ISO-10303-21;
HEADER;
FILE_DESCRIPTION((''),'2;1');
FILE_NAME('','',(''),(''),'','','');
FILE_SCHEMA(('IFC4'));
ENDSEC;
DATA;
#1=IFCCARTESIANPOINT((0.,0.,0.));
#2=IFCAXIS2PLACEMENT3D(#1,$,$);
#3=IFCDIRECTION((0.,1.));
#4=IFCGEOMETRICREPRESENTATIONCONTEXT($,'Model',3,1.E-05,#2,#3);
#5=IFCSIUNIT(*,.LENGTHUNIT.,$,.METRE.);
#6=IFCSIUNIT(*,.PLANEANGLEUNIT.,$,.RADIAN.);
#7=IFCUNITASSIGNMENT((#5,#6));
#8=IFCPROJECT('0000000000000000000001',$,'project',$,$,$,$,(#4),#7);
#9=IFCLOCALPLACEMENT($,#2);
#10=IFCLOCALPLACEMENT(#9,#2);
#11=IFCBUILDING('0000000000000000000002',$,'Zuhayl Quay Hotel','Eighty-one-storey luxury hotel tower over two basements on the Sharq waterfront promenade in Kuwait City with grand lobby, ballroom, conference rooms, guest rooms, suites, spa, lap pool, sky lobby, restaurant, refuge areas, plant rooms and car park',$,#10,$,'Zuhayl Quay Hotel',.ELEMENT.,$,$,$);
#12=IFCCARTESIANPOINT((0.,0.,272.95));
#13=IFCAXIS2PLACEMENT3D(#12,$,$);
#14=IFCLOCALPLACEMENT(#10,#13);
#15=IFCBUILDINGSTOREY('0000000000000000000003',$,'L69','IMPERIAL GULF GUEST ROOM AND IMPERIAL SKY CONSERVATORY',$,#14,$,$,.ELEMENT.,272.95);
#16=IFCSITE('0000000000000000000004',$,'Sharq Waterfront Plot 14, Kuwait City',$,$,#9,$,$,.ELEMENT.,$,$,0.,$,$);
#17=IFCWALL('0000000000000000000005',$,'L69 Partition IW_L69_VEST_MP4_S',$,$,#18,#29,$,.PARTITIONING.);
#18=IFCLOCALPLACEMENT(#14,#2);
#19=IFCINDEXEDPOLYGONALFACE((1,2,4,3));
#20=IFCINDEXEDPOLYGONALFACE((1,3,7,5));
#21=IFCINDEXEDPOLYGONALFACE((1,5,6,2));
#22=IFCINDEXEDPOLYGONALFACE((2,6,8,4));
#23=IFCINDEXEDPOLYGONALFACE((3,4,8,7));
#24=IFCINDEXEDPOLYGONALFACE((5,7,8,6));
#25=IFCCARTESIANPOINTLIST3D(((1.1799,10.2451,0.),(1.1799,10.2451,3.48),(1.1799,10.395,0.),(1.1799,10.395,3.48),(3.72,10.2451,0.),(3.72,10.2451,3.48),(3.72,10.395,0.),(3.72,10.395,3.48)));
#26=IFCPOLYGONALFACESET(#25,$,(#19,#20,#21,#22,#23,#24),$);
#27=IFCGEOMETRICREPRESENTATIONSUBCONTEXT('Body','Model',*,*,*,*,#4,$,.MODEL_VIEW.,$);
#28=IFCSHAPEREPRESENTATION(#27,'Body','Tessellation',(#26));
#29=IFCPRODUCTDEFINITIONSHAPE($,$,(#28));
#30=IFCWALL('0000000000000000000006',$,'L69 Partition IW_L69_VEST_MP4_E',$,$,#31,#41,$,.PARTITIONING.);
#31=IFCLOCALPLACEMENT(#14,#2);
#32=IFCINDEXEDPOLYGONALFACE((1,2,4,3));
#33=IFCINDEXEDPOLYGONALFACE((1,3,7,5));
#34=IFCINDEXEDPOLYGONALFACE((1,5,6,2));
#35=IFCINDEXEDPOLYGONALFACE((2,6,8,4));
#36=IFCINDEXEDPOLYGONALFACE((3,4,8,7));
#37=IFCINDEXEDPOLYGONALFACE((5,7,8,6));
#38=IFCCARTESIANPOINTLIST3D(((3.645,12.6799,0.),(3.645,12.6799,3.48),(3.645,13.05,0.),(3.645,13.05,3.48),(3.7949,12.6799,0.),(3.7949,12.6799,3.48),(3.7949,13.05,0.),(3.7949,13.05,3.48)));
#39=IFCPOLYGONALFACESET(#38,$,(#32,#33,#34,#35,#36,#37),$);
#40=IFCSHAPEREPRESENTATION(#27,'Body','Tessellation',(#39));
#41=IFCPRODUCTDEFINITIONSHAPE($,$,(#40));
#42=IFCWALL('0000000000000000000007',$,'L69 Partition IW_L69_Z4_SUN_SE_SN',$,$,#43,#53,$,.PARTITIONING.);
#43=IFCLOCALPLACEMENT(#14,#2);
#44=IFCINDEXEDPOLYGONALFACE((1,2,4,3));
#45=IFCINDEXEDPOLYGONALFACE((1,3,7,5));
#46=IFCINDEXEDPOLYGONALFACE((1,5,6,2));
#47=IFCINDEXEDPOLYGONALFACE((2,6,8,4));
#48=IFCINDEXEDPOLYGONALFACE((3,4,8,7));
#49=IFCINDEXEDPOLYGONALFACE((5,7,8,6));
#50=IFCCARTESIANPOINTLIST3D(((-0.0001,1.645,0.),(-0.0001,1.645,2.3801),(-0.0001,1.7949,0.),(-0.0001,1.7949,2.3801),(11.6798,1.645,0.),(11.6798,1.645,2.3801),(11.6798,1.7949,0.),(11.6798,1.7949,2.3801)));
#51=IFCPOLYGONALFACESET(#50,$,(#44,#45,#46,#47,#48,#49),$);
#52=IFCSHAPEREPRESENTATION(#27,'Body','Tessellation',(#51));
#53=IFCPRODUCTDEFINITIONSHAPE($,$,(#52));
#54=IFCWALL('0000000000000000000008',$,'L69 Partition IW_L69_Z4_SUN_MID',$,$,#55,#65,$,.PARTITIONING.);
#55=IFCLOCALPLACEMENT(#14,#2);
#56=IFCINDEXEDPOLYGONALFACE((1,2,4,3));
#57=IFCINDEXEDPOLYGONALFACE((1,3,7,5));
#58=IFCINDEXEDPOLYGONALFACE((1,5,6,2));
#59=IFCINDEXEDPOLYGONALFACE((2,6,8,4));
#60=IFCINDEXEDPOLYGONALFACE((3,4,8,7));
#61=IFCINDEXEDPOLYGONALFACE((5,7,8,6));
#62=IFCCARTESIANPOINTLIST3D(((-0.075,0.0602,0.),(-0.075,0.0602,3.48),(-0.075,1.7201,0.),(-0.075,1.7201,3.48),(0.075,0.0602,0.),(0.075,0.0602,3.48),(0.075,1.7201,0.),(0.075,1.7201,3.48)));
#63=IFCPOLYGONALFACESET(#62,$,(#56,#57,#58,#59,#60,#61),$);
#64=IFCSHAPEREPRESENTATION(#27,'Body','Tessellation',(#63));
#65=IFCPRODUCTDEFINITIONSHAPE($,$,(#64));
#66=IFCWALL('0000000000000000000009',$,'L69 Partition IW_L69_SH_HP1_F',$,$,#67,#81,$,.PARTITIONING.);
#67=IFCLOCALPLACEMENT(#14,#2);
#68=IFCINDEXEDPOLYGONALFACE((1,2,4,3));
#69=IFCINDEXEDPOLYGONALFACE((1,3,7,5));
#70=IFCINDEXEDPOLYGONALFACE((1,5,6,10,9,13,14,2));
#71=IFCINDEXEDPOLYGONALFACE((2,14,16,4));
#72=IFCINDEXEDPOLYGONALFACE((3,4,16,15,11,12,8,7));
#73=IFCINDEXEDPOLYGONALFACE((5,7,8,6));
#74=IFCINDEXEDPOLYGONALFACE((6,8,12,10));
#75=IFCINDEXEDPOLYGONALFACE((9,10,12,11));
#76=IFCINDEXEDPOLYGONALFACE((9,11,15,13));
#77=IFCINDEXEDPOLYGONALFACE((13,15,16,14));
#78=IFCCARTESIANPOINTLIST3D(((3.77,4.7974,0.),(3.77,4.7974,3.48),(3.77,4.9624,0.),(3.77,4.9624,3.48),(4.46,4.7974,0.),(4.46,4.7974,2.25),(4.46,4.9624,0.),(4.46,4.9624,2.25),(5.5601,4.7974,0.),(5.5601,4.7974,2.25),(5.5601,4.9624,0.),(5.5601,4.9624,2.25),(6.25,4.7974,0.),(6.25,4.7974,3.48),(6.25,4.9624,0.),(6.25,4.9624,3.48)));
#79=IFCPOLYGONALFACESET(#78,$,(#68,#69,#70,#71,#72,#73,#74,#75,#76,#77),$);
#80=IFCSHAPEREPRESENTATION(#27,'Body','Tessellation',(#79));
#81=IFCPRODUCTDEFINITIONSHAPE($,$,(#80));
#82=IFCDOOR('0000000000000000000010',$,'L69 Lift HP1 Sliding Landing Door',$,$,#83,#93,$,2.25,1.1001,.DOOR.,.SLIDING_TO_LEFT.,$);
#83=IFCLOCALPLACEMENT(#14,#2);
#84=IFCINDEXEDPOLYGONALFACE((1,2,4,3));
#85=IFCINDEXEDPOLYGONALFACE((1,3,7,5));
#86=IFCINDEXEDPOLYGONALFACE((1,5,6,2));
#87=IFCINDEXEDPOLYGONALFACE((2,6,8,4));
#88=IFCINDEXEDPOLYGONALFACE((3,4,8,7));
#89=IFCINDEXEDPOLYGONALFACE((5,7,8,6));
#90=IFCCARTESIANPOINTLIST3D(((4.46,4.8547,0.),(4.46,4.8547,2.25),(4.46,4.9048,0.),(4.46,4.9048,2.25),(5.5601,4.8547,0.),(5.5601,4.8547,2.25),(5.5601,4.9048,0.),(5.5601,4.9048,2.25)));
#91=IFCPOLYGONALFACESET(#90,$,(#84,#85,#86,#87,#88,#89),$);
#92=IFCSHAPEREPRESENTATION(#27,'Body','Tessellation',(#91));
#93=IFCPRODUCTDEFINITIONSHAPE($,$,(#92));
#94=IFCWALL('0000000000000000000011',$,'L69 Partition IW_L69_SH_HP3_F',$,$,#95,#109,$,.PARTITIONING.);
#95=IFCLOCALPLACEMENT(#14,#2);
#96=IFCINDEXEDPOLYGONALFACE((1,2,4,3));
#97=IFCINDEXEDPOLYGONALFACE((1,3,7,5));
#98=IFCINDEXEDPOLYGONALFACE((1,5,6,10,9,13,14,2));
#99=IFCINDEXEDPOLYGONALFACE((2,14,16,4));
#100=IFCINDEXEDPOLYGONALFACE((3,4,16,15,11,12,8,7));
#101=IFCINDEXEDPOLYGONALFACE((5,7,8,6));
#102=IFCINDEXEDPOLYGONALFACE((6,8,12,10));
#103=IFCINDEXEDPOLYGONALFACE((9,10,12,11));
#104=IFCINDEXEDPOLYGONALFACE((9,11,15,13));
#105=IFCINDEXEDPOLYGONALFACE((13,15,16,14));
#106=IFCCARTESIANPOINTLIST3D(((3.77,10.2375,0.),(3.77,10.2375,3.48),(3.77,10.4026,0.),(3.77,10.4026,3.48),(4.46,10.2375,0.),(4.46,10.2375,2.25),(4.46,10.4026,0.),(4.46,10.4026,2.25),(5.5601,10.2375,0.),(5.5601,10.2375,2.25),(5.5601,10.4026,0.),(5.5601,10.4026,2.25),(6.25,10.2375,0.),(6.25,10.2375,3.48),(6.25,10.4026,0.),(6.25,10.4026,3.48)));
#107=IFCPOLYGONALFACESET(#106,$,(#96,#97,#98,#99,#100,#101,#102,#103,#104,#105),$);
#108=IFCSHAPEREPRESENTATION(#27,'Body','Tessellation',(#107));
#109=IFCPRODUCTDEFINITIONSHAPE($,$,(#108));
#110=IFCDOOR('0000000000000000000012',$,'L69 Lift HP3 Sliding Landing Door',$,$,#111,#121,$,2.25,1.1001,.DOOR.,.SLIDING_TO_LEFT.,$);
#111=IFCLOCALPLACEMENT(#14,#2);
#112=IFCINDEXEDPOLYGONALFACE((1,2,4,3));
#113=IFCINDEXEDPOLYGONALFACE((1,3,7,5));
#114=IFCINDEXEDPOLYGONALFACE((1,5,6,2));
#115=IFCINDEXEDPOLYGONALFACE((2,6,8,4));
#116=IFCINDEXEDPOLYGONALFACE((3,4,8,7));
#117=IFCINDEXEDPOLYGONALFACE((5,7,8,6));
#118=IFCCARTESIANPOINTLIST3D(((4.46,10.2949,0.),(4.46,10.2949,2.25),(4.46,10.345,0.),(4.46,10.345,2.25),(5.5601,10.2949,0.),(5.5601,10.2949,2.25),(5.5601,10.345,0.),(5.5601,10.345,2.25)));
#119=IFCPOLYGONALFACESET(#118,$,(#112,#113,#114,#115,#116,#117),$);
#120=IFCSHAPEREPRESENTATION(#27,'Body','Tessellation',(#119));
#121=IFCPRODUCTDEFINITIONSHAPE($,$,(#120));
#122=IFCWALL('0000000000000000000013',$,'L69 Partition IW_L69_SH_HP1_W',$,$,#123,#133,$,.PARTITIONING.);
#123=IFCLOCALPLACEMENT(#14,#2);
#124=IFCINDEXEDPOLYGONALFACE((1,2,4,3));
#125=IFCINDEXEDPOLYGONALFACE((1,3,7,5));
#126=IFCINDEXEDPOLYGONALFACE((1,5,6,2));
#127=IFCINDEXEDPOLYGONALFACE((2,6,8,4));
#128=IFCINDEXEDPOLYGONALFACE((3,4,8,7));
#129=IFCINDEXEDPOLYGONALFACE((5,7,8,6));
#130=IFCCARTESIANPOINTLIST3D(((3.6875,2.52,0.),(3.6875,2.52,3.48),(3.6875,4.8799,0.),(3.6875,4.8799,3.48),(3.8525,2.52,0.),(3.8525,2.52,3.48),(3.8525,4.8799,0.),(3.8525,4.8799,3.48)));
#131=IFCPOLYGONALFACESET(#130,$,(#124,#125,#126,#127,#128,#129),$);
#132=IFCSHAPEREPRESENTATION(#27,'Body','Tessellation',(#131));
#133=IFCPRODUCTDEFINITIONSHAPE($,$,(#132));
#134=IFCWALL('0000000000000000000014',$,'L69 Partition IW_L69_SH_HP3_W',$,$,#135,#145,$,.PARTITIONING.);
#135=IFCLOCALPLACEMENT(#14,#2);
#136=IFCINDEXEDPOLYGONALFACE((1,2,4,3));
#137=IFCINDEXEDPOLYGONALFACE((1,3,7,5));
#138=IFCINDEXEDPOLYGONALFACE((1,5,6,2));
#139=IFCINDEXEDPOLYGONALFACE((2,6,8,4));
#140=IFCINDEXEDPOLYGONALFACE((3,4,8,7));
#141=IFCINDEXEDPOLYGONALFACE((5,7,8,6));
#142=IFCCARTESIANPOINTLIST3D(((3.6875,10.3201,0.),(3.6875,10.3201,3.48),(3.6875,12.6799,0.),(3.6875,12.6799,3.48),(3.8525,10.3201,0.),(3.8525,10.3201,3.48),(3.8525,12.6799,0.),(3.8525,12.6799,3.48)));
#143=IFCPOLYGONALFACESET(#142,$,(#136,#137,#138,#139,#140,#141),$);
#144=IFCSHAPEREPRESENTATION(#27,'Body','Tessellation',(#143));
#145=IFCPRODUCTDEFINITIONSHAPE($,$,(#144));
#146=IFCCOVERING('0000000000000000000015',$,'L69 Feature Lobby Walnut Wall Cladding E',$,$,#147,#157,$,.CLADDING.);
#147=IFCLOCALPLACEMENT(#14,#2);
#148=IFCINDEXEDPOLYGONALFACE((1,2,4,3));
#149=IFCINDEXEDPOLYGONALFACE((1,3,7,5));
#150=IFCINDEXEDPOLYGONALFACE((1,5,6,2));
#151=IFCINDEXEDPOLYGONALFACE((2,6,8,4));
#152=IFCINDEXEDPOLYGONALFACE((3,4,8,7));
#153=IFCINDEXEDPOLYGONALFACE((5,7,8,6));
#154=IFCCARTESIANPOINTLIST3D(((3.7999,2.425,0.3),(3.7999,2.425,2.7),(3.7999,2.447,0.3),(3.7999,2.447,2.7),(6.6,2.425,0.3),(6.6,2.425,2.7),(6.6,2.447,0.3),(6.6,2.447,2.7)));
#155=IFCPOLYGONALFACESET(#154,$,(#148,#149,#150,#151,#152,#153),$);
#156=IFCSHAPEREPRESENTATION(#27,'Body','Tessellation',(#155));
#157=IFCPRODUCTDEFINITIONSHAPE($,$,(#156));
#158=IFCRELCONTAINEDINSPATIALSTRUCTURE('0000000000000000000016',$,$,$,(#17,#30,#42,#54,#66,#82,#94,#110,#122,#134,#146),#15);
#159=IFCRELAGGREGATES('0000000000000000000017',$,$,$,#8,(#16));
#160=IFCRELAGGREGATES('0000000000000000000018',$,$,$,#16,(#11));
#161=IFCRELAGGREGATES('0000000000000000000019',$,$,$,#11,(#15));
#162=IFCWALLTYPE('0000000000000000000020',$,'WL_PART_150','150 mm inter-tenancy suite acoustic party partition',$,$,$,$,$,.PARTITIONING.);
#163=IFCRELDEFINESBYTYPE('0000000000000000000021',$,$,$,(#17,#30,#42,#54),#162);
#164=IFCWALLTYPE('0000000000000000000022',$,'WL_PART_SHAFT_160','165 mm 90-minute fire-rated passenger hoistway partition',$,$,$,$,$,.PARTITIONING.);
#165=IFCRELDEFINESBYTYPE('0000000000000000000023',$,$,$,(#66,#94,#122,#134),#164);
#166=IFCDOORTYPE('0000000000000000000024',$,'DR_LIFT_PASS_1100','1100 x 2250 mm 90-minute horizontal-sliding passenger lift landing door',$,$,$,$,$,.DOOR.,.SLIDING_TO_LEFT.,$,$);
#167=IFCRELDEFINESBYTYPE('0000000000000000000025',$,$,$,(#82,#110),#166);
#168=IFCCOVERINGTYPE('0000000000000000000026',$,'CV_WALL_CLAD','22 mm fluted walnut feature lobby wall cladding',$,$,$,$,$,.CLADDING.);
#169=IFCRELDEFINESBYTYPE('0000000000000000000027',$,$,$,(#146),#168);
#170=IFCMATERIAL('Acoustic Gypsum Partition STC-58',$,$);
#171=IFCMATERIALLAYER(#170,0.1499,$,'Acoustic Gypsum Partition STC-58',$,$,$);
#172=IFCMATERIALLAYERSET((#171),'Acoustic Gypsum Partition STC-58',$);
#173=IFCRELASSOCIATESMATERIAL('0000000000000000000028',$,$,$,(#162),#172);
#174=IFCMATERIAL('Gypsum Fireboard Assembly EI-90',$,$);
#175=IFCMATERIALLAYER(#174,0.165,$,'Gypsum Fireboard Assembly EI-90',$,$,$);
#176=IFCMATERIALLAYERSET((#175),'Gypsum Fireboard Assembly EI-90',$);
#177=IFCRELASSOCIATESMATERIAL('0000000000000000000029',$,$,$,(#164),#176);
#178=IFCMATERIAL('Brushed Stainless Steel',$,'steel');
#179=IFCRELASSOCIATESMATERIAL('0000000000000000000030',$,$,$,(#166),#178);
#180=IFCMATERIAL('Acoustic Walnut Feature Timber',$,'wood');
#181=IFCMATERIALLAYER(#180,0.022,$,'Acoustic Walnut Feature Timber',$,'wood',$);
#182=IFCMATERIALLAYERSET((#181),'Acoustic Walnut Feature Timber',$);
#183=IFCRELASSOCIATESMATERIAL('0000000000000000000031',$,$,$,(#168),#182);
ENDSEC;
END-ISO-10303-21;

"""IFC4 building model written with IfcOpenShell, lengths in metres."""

from ifc_helpers import new_model, si_unit, direction, frame, frame_2d, origin, origin_2d, place, context, subcontext, project, spatial, rectangle, extrude, material, layer, layer_set, type_object, element, fill, save


model = new_model("IFC4")

# Units and contexts
model_context = context("Model", 3, precision=1e-05, world=origin(), true_north=direction((0.0, 1.0)))
body_context = subcontext(model_context, "Body", "Model", "MODEL_VIEW")
ifc_project = project(units=[si_unit("LENGTHUNIT", "METRE"), si_unit("PLANEANGLEUNIT", "RADIAN")], contexts=[model_context])

# Site, building, storey
site_placement = place(None, origin())
site = spatial("IfcSite", under=ifc_project, at=site_placement, Name="Sharq Waterfront Plot 14, Kuwait City", CompositionType="ELEMENT", RefElevation=0.0)
building_placement = place(site_placement, origin())
building = spatial("IfcBuilding", under=site, at=building_placement, Name="Zuhayl Quay Hotel", Description="Eighty-one-storey luxury hotel tower over two basements on the Sharq waterfront promenade in Kuwait City with grand lobby, ballroom, conference rooms, guest rooms, suites, spa, lap pool, sky lobby, restaurant, refuge areas, plant rooms and car park", LongName="Zuhayl Quay Hotel", CompositionType="ELEMENT")
storey_placement = place(building_placement, frame((0.0, 0.0, 272.95)))
storey = spatial("IfcBuildingStorey", under=building, at=storey_placement, Name="L69", Description="IMPERIAL GULF GUEST ROOM AND IMPERIAL SKY CONSERVATORY", CompositionType="ELEMENT", Elevation=272.95)

# Shared definitions
ifc_material_1 = material(Name="Acoustic Gypsum Partition STC-58")
ifc_layer_1 = layer(ifc_material_1, 0.1499, Name="Acoustic Gypsum Partition STC-58")
ifc_layer_set_1 = layer_set([ifc_layer_1], Name="Acoustic Gypsum Partition STC-58")
wall_type_1 = type_object("IfcWallType", Name="WL_PART_150", Description="150 mm inter-tenancy suite acoustic party partition", PredefinedType="PARTITIONING", material=ifc_layer_set_1)

# Walls
wall_1_placement = place(storey_placement, frame((1.1799, 10.3201, 0.0), z_axis=(0.0, 0.0, 1.0), x_axis=(1.0, 0.0, 0.0)))
element("IfcWall", 1, at=wall_1_placement, inside=storey, type_object=wall_type_1, Name="L69 Partition IW_L69_VEST_MP4_S", PredefinedType="PARTITIONING", context=body_context, shape_type="SweptSolid", body=[
    extrude(rectangle(XDim=2.54, YDim=0.1499, at=frame_2d((1.27, 0.0))), origin(), (0.0, 0.0, 1.0), 3.48),
])
wall_2_placement = place(storey_placement, frame((3.72, 12.6799, 0.0), z_axis=(0.0, 0.0, 1.0), x_axis=(0.0, 1.0, 0.0)))
element("IfcWall", 2, at=wall_2_placement, inside=storey, type_object=wall_type_1, Name="L69 Partition IW_L69_VEST_MP4_E", PredefinedType="PARTITIONING", context=body_context, shape_type="SweptSolid", body=[
    extrude(rectangle(XDim=0.3701, YDim=0.1499, at=frame_2d((0.1851, 0.0))), origin(), (0.0, 0.0, 1.0), 3.48),
])
wall_3_placement = place(storey_placement, frame((0.0, 1.72, 0.0), z_axis=(0.0, 0.0, 1.0), x_axis=(1.0, 0.0, 0.0)))
element("IfcWall", 3, at=wall_3_placement, inside=storey, type_object=wall_type_1, Name="L69 Partition IW_L69_Z4_SUN_SE_SN", PredefinedType="PARTITIONING", context=body_context, shape_type="SweptSolid", body=[
    extrude(rectangle(XDim=11.6799, YDim=0.1499, at=frame_2d((5.8398, 0.0))), origin(), (0.0, 0.0, 1.0), 2.3801),
])
wall_4_placement = place(storey_placement, frame((0.0, 0.0601, 0.0), z_axis=(0.0, 0.0, 1.0), x_axis=(0.0, 1.0, 0.0)))
element("IfcWall", 4, at=wall_4_placement, inside=storey, type_object=wall_type_1, Name="L69 Partition IW_L69_Z4_SUN_MID", PredefinedType="PARTITIONING", context=body_context, shape_type="SweptSolid", body=[
    extrude(rectangle(XDim=1.6599, YDim=0.1499, at=frame_2d((0.8301, 0.0))), origin(), (0.0, 0.0, 1.0), 3.48),
])

# Walls, openings, doors
ifc_material_2 = material(Name="Gypsum Fireboard Assembly EI-90")
ifc_layer_2 = layer(ifc_material_2, 0.165, Name="Gypsum Fireboard Assembly EI-90")
ifc_layer_set_2 = layer_set([ifc_layer_2], Name="Gypsum Fireboard Assembly EI-90")
wall_type_2 = type_object("IfcWallType", Name="WL_PART_SHAFT_160", Description="165 mm 90-minute fire-rated passenger hoistway partition", PredefinedType="PARTITIONING", material=ifc_layer_set_2)
wall_5_placement = place(storey_placement, frame((3.77, 4.8799, 0.0), z_axis=(0.0, 0.0, 1.0), x_axis=(1.0, 0.0, 0.0)))
wall_5 = element("IfcWall", 5, at=wall_5_placement, inside=storey, type_object=wall_type_2, Name="L69 Partition IW_L69_SH_HP1_F", PredefinedType="PARTITIONING", context=body_context, shape_type="SweptSolid", body=[
    extrude(rectangle(XDim=2.48, YDim=0.165, at=frame_2d((1.24, 0.0))), origin(), (0.0, 0.0, 1.0), 3.48),
])
opening_1_placement = place(wall_5_placement, frame((0.6899, 0.0, 0.0)))
opening_1 = element("IfcOpeningElement", 6, at=opening_1_placement, cuts=wall_5, PredefinedType="OPENING", context=body_context, shape_type="SweptSolid", body=[
    extrude(rectangle(XDim=1.1001, YDim=2.25, at=frame_2d((0.55, 1.125))), frame((0.0, 0.0925, 0.0), z_axis=(0.0, -1.0, 0.0), x_axis=(1.0, 0.0, 0.0)), (0.0, 0.0, 1.0), 0.1851),
])
ifc_material_3 = material(Name="Brushed Stainless Steel", Category="steel")
door_type_1 = type_object("IfcDoorType", Name="DR_LIFT_PASS_1100", Description="1100 x 2250 mm 90-minute horizontal-sliding passenger lift landing door", OperationType="SLIDING_TO_LEFT", PredefinedType="DOOR", material=ifc_material_3)
door_1_placement = place(opening_1_placement, origin())
door_1 = element("IfcDoor", 7, at=door_1_placement, inside=storey, type_object=door_type_1, Name="L69 Lift HP1 Sliding Landing Door", OperationType="SLIDING_TO_LEFT", OverallHeight=2.25, OverallWidth=1.1001, PredefinedType="DOOR", context=body_context, shape_type="SweptSolid", body=[
    extrude(rectangle(XDim=1.1001, YDim=2.25, at=frame_2d((0.55, 1.125))), frame((0.0, 0.0249, 0.0), z_axis=(0.0, -1.0, 0.0), x_axis=(1.0, 0.0, 0.0)), (0.0, 0.0, 1.0), 0.05),
])
fill(opening_1, door_1)
wall_6_placement = place(storey_placement, frame((3.77, 10.3201, 0.0), z_axis=(0.0, 0.0, 1.0), x_axis=(1.0, 0.0, 0.0)))
wall_6 = element("IfcWall", 8, at=wall_6_placement, inside=storey, type_object=wall_type_2, Name="L69 Partition IW_L69_SH_HP3_F", PredefinedType="PARTITIONING", context=body_context, shape_type="SweptSolid", body=[
    extrude(rectangle(XDim=2.48, YDim=0.165, at=frame_2d((1.24, 0.0))), origin(), (0.0, 0.0, 1.0), 3.48),
])
opening_2_placement = place(wall_6_placement, frame((0.6899, 0.0, 0.0)))
opening_2 = element("IfcOpeningElement", 9, at=opening_2_placement, cuts=wall_6, PredefinedType="OPENING", context=body_context, shape_type="SweptSolid", body=[
    extrude(rectangle(XDim=1.1001, YDim=2.25, at=frame_2d((0.55, 1.125))), frame((0.0, 0.0925, 0.0), z_axis=(0.0, -1.0, 0.0), x_axis=(1.0, 0.0, 0.0)), (0.0, 0.0, 1.0), 0.1851),
])
door_2_placement = place(opening_2_placement, origin())
door_2 = element("IfcDoor", 10, at=door_2_placement, inside=storey, type_object=door_type_1, Name="L69 Lift HP3 Sliding Landing Door", OperationType="SLIDING_TO_LEFT", OverallHeight=2.25, OverallWidth=1.1001, PredefinedType="DOOR", context=body_context, shape_type="SweptSolid", body=[
    extrude(rectangle(XDim=1.1001, YDim=2.25, at=frame_2d((0.55, 1.125))), frame((0.0, 0.0249, 0.0), z_axis=(0.0, -1.0, 0.0), x_axis=(1.0, 0.0, 0.0)), (0.0, 0.0, 1.0), 0.05),
])
fill(opening_2, door_2)

# Walls
for number, where, z_axis, x_axis, name in (
    (11, (3.77, 2.52, 0.0), (0.0, 0.0, 1.0), (0.0, 1.0, 0.0), "L69 Partition IW_L69_SH_HP1_W"),
    (12, (3.77, 10.3201, 0.0), (0.0, 0.0, 1.0), (0.0, 1.0, 0.0), "L69 Partition IW_L69_SH_HP3_W"),
):
    element("IfcWall", number, at=place(storey_placement, frame(where, z_axis=z_axis, x_axis=x_axis)), inside=storey, type_object=wall_type_2, Name=name, PredefinedType="PARTITIONING", context=body_context, shape_type="SweptSolid", body=[
        extrude(rectangle(XDim=2.3599, YDim=0.165, at=frame_2d((1.1799, 0.0))), origin(), (0.0, 0.0, 1.0), 3.48),
    ])

# Covering
ifc_material_4 = material(Name="Acoustic Walnut Feature Timber", Category="wood")
ifc_layer_3 = layer(ifc_material_4, 0.022, Name="Acoustic Walnut Feature Timber", Category="wood")
ifc_layer_set_3 = layer_set([ifc_layer_3], Name="Acoustic Walnut Feature Timber")
covering_type = type_object("IfcCoveringType", Name="CV_WALL_CLAD", Description="22 mm fluted walnut feature lobby wall cladding", PredefinedType="CLADDING", material=ifc_layer_set_3)
covering_placement = place(storey_placement, frame((5.2, 2.436, 0.3), z_axis=(0.0, 0.0, 1.0), x_axis=(1.0, 0.0, 0.0)))
element("IfcCovering", 13, at=covering_placement, inside=storey, type_object=covering_type, Name="L69 Feature Lobby Walnut Wall Cladding E", PredefinedType="CLADDING", context=body_context, shape_type="SweptSolid", body=[
    extrude(rectangle(XDim=2.8, YDim=0.022, at=origin_2d()), origin(), (0.0, 0.0, 1.0), 2.3999),
])

save(model, "model.ifc")
